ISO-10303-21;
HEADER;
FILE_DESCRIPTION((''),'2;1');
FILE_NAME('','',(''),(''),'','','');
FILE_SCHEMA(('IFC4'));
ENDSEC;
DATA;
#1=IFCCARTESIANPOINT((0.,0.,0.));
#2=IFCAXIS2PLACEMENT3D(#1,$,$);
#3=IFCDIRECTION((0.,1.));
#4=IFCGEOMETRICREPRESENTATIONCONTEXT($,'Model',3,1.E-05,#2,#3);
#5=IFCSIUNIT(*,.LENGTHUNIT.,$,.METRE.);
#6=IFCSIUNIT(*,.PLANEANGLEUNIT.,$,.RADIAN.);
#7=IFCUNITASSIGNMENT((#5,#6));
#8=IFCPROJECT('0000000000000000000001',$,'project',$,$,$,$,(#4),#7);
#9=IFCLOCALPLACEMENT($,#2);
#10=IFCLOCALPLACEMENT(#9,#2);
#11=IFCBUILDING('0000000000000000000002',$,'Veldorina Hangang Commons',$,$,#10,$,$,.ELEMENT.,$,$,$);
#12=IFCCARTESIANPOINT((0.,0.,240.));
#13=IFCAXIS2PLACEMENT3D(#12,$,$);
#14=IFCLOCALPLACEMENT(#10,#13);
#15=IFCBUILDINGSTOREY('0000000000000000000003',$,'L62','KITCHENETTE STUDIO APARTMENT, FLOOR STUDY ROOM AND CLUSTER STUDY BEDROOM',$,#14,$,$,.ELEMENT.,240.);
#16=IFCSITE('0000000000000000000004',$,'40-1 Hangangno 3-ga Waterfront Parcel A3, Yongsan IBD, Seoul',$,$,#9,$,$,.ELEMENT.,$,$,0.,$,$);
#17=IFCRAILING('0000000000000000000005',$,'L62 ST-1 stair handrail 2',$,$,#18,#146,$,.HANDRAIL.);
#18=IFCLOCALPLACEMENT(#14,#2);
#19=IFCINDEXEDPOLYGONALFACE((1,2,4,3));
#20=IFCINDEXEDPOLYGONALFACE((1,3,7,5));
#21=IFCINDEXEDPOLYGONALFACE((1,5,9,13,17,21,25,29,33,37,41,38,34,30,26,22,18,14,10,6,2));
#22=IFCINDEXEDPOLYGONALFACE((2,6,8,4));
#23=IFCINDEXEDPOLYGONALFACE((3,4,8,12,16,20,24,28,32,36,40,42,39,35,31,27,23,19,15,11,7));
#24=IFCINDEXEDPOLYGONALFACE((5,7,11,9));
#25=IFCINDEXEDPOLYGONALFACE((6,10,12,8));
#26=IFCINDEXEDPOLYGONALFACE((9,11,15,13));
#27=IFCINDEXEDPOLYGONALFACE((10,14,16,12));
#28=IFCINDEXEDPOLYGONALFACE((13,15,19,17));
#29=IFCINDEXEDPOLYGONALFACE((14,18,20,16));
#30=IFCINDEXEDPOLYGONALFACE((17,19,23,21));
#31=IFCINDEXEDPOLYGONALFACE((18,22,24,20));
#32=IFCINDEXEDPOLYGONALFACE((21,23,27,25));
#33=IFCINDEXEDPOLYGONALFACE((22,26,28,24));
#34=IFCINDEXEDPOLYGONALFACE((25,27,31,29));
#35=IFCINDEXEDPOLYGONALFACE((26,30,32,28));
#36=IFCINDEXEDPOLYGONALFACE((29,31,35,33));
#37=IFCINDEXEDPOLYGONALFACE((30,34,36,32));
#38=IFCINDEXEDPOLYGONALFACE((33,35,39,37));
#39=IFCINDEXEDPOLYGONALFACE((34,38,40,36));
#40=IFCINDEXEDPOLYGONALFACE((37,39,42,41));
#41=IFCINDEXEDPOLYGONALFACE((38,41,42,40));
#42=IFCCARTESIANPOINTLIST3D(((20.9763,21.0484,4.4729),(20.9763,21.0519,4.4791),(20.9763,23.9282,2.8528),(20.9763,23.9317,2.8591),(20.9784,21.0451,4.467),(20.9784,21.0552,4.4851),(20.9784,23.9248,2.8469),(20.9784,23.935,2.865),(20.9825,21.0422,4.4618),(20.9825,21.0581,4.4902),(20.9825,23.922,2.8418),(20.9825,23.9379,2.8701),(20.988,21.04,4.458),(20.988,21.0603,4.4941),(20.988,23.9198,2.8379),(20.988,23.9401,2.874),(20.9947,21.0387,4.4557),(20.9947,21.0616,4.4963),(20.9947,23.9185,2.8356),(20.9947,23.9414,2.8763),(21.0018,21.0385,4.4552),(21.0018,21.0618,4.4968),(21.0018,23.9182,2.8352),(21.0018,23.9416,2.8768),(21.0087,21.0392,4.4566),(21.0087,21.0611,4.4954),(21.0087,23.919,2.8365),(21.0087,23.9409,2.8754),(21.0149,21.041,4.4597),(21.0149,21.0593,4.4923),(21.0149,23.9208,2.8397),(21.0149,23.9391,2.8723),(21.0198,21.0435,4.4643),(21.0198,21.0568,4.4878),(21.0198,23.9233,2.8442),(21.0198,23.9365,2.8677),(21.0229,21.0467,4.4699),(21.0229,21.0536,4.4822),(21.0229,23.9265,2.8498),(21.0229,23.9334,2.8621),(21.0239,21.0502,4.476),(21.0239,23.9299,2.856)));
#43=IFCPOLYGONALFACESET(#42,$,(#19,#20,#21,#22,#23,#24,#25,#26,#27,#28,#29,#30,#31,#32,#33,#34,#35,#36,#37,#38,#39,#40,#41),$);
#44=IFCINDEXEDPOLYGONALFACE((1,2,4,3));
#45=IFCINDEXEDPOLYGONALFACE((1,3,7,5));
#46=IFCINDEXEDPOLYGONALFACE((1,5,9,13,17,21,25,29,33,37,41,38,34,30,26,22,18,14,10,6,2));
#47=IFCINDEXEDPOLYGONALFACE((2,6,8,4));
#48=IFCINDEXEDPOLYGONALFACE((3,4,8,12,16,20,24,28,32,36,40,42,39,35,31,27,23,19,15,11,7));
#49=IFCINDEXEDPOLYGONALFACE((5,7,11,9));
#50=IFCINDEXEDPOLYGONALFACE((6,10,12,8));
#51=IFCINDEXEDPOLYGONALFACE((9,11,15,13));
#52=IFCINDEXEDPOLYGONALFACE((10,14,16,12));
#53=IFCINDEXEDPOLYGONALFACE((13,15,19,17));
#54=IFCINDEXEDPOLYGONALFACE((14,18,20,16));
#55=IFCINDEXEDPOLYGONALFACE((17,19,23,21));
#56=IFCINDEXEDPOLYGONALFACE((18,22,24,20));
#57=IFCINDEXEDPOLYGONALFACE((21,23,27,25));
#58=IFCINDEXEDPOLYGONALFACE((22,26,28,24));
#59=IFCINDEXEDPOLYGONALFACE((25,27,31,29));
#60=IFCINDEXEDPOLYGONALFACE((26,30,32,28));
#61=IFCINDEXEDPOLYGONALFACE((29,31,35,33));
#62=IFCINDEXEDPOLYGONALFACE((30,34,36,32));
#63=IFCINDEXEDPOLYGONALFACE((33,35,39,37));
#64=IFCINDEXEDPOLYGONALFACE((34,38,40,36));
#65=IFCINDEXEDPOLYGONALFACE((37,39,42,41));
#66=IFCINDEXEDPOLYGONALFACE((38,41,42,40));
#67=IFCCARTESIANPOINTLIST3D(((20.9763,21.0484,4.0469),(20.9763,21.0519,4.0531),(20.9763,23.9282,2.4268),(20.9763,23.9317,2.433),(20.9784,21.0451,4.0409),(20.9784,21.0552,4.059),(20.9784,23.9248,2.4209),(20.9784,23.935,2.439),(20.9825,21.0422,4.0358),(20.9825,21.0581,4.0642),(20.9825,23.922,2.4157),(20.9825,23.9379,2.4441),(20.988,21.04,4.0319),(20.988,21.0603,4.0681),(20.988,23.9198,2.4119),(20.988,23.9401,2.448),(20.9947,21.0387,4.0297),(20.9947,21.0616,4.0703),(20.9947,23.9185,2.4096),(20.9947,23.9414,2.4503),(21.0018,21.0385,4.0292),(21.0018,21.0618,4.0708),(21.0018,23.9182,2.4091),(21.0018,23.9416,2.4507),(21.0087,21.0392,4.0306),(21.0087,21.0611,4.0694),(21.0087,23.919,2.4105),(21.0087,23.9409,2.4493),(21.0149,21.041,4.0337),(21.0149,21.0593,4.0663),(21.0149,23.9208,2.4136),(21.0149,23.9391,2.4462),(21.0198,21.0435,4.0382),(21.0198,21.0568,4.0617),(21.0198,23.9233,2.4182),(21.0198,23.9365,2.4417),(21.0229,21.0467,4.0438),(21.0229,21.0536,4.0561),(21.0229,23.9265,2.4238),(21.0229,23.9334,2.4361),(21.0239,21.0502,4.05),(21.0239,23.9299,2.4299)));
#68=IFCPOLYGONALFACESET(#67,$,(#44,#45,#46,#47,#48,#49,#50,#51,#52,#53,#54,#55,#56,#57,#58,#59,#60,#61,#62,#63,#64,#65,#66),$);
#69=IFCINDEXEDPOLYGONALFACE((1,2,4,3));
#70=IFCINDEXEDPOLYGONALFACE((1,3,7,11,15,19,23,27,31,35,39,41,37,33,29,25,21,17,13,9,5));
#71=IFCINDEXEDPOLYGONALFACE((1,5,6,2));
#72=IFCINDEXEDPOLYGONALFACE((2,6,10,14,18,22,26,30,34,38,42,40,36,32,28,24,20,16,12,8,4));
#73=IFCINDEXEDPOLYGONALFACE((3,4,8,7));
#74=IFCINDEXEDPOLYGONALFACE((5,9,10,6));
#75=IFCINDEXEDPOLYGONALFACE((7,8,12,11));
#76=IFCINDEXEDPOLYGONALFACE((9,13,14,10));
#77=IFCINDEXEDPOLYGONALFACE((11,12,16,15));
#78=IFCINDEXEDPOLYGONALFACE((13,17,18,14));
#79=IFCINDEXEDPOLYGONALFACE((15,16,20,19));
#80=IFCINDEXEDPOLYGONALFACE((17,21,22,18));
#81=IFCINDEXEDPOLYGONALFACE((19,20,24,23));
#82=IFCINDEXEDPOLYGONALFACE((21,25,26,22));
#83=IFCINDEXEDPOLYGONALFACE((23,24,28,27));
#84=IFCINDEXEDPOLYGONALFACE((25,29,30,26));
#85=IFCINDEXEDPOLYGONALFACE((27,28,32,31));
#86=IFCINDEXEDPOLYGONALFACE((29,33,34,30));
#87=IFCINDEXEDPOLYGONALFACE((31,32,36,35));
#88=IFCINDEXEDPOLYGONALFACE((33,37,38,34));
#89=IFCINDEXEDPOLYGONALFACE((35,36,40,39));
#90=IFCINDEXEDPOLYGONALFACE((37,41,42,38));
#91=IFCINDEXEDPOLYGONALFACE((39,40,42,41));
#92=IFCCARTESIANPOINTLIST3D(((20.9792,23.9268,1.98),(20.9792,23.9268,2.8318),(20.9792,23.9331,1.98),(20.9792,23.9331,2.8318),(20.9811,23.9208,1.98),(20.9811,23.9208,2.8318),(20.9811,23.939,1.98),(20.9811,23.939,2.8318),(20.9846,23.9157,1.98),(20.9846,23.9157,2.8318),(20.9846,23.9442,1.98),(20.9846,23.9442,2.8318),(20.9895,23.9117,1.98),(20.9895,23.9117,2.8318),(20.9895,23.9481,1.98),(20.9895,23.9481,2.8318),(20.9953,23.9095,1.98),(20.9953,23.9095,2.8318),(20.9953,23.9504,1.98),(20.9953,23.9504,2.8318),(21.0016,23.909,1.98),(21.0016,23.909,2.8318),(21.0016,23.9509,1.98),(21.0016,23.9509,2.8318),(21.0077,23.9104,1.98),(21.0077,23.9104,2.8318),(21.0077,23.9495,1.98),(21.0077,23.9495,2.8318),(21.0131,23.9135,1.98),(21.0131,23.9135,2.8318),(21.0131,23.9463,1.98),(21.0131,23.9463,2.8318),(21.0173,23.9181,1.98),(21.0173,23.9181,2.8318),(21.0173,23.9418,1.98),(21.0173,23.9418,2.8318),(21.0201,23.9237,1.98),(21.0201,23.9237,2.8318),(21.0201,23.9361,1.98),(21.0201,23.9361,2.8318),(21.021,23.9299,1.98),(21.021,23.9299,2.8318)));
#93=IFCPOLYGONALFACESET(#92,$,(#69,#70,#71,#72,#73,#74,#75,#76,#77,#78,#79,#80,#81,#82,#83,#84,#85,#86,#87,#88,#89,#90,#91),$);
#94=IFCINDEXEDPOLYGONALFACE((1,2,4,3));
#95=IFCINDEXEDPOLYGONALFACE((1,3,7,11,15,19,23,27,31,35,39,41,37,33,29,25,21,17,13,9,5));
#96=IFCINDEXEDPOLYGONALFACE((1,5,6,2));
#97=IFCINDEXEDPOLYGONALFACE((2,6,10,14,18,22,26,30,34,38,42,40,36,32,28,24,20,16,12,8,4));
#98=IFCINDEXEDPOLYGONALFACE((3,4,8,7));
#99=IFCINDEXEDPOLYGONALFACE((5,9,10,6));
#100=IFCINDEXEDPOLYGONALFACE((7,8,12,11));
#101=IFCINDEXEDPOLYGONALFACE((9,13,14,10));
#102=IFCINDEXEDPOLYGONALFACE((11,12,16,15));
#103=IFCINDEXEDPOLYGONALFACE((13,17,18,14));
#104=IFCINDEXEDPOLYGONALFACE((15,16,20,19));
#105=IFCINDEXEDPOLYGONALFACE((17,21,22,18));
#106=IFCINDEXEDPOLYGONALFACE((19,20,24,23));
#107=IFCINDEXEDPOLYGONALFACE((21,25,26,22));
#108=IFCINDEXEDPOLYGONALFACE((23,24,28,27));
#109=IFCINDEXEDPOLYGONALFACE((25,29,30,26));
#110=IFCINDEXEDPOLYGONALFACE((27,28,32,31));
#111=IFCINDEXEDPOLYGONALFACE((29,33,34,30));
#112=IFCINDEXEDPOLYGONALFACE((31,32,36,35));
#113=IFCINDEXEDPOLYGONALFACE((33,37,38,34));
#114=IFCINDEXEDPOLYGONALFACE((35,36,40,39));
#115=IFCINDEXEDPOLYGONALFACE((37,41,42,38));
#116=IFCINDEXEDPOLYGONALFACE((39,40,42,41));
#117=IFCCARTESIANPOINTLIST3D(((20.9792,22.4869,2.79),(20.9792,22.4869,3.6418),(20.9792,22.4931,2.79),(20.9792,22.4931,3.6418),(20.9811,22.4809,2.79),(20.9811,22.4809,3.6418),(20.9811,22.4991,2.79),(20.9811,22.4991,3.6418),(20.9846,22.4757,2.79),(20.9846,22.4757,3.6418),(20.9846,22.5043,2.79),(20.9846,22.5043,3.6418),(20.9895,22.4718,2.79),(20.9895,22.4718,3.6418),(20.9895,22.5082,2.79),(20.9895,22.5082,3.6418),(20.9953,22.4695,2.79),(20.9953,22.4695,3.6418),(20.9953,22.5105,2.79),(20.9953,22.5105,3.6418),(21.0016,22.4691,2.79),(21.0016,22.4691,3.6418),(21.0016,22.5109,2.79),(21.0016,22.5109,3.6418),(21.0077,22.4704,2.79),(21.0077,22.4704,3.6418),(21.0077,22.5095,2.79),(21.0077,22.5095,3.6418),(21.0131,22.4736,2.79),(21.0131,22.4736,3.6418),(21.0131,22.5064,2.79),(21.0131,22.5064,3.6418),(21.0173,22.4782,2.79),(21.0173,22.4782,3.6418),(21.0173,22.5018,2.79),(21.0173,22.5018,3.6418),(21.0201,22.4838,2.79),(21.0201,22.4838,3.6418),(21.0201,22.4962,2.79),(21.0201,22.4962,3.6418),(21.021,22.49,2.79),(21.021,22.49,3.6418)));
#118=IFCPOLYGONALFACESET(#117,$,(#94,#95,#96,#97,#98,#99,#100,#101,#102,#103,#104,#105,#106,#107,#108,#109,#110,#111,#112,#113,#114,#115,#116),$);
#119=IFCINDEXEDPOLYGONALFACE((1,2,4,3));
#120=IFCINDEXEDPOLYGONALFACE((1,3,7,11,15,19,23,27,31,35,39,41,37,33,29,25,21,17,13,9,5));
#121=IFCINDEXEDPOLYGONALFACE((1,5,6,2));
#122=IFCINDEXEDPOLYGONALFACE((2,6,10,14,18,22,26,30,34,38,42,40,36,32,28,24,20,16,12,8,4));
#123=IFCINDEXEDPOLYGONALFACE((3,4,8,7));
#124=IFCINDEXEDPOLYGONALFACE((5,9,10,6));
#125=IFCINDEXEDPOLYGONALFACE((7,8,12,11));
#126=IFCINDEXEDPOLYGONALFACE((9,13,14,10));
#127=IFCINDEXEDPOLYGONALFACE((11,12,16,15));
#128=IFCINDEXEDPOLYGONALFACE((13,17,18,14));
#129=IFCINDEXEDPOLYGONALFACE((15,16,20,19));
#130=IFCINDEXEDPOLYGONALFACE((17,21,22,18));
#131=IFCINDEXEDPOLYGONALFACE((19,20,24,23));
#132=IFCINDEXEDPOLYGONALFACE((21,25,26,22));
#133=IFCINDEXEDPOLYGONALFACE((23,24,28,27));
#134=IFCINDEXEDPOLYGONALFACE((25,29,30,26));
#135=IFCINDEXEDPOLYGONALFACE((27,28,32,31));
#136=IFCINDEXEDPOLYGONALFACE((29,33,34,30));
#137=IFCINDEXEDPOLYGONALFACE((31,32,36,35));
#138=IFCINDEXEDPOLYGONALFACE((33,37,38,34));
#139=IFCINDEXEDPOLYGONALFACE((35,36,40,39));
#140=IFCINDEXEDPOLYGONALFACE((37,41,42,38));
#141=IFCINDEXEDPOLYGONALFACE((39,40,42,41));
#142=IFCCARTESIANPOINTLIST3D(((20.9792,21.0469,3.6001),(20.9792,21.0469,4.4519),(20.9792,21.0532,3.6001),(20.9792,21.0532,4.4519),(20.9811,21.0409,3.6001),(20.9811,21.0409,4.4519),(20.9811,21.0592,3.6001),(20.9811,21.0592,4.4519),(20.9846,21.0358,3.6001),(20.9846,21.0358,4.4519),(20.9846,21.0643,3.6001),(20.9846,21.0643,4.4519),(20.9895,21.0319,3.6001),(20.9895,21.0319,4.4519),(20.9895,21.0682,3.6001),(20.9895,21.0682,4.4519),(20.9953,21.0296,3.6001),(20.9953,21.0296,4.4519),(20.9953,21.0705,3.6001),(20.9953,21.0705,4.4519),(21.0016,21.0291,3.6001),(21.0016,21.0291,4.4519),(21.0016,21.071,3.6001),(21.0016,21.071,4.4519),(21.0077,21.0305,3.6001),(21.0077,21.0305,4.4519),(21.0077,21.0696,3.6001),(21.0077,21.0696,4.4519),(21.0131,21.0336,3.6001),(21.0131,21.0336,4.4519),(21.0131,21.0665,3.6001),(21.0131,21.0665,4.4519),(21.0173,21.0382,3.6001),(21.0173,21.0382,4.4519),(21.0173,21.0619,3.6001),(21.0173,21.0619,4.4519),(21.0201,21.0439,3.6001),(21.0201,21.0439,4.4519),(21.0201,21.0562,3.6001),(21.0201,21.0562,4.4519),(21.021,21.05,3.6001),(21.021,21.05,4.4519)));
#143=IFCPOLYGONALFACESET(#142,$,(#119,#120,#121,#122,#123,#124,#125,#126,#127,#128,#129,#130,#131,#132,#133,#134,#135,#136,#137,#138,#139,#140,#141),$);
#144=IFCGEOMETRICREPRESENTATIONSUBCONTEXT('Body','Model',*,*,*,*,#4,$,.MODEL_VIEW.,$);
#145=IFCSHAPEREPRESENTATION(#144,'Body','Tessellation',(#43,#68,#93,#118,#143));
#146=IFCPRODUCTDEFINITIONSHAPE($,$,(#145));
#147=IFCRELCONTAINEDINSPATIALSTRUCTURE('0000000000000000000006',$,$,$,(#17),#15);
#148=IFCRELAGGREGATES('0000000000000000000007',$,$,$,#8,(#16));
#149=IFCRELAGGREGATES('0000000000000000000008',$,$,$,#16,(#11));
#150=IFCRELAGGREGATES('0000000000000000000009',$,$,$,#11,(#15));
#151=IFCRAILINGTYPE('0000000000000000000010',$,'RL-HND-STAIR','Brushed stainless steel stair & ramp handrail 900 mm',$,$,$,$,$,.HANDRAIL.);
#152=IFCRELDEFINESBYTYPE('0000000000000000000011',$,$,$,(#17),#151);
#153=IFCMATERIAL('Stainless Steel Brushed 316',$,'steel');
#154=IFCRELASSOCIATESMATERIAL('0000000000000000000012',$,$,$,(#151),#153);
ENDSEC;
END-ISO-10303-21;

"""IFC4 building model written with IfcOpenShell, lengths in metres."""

from ifc_helpers import new_model, si_unit, direction, frame, origin, origin_2d, place, context, subcontext, project, spatial, circle, extrude, material, type_object, element, save


model = new_model("IFC4")

# Units and contexts
model_context = context("Model", 3, precision=1e-05, world=origin(), true_north=direction((0.0, 1.0)))
body_context = subcontext(model_context, "Body", "Model", "MODEL_VIEW")
ifc_project = project(units=[si_unit("LENGTHUNIT", "METRE"), si_unit("PLANEANGLEUNIT", "RADIAN")], contexts=[model_context])

# Site, building, storey
site_placement = place(None, origin())
site = spatial("IfcSite", under=ifc_project, at=site_placement, Name="40-1 Hangangno 3-ga Waterfront Parcel A3, Yongsan IBD, Seoul", CompositionType="ELEMENT", RefElevation=0.0)
building_placement = place(site_placement, origin())
building = spatial("IfcBuilding", under=site, at=building_placement, Name="Veldorina Hangang Commons", CompositionType="ELEMENT")
storey_placement = place(building_placement, frame((0.0, 0.0, 240.0)))
storey = spatial("IfcBuildingStorey", under=building, at=storey_placement, Name="L62", Description="KITCHENETTE STUDIO APARTMENT, FLOOR STUDY ROOM AND CLUSTER STUDY BEDROOM", CompositionType="ELEMENT", Elevation=240.0)

# Railing
ifc_material_1 = material(Name="Stainless Steel Brushed 316", Category="steel")
railing_type_1 = type_object("IfcRailingType", Name="RL-HND-STAIR", Description="Brushed stainless steel stair & ramp handrail 900 mm", PredefinedType="HANDRAIL", material=ifc_material_1)
railing_1_placement = place(storey_placement, frame((21.0, 23.9299, 1.98)))
element("IfcRailing", 1, at=railing_1_placement, inside=storey, type_object=railing_type_1, Name="L62 ST-1 stair handrail 2", PredefinedType="HANDRAIL", context=body_context, shape_type="SweptSolid", body=[
    extrude(circle(Radius=0.0239, at=origin_2d()), frame((0.0, 0.0, 0.876), z_axis=(0.0, -0.871552, 0.490303), x_axis=(1.0, 0.0, 0.0)), (0.0, 0.0, 1.0), 3.3042),
    extrude(circle(Radius=0.0239, at=origin_2d()), frame((0.0, 0.0, 0.45), z_axis=(0.0, -0.871552, 0.490303), x_axis=(1.0, 0.0, 0.0)), (0.0, 0.0, 1.0), 3.3042),
    extrude(circle(Radius=0.021, at=origin_2d()), origin(), (0.0, 0.0, 1.0), 0.8518),
    extrude(circle(Radius=0.021, at=origin_2d()), frame((0.0, -1.4399, 0.8101)), (0.0, 0.0, 1.0), 0.8518),
    extrude(circle(Radius=0.021, at=origin_2d()), frame((0.0, -2.8799, 1.6201)), (0.0, 0.0, 1.0), 0.8518),
])

save(model, "model.ifc")
